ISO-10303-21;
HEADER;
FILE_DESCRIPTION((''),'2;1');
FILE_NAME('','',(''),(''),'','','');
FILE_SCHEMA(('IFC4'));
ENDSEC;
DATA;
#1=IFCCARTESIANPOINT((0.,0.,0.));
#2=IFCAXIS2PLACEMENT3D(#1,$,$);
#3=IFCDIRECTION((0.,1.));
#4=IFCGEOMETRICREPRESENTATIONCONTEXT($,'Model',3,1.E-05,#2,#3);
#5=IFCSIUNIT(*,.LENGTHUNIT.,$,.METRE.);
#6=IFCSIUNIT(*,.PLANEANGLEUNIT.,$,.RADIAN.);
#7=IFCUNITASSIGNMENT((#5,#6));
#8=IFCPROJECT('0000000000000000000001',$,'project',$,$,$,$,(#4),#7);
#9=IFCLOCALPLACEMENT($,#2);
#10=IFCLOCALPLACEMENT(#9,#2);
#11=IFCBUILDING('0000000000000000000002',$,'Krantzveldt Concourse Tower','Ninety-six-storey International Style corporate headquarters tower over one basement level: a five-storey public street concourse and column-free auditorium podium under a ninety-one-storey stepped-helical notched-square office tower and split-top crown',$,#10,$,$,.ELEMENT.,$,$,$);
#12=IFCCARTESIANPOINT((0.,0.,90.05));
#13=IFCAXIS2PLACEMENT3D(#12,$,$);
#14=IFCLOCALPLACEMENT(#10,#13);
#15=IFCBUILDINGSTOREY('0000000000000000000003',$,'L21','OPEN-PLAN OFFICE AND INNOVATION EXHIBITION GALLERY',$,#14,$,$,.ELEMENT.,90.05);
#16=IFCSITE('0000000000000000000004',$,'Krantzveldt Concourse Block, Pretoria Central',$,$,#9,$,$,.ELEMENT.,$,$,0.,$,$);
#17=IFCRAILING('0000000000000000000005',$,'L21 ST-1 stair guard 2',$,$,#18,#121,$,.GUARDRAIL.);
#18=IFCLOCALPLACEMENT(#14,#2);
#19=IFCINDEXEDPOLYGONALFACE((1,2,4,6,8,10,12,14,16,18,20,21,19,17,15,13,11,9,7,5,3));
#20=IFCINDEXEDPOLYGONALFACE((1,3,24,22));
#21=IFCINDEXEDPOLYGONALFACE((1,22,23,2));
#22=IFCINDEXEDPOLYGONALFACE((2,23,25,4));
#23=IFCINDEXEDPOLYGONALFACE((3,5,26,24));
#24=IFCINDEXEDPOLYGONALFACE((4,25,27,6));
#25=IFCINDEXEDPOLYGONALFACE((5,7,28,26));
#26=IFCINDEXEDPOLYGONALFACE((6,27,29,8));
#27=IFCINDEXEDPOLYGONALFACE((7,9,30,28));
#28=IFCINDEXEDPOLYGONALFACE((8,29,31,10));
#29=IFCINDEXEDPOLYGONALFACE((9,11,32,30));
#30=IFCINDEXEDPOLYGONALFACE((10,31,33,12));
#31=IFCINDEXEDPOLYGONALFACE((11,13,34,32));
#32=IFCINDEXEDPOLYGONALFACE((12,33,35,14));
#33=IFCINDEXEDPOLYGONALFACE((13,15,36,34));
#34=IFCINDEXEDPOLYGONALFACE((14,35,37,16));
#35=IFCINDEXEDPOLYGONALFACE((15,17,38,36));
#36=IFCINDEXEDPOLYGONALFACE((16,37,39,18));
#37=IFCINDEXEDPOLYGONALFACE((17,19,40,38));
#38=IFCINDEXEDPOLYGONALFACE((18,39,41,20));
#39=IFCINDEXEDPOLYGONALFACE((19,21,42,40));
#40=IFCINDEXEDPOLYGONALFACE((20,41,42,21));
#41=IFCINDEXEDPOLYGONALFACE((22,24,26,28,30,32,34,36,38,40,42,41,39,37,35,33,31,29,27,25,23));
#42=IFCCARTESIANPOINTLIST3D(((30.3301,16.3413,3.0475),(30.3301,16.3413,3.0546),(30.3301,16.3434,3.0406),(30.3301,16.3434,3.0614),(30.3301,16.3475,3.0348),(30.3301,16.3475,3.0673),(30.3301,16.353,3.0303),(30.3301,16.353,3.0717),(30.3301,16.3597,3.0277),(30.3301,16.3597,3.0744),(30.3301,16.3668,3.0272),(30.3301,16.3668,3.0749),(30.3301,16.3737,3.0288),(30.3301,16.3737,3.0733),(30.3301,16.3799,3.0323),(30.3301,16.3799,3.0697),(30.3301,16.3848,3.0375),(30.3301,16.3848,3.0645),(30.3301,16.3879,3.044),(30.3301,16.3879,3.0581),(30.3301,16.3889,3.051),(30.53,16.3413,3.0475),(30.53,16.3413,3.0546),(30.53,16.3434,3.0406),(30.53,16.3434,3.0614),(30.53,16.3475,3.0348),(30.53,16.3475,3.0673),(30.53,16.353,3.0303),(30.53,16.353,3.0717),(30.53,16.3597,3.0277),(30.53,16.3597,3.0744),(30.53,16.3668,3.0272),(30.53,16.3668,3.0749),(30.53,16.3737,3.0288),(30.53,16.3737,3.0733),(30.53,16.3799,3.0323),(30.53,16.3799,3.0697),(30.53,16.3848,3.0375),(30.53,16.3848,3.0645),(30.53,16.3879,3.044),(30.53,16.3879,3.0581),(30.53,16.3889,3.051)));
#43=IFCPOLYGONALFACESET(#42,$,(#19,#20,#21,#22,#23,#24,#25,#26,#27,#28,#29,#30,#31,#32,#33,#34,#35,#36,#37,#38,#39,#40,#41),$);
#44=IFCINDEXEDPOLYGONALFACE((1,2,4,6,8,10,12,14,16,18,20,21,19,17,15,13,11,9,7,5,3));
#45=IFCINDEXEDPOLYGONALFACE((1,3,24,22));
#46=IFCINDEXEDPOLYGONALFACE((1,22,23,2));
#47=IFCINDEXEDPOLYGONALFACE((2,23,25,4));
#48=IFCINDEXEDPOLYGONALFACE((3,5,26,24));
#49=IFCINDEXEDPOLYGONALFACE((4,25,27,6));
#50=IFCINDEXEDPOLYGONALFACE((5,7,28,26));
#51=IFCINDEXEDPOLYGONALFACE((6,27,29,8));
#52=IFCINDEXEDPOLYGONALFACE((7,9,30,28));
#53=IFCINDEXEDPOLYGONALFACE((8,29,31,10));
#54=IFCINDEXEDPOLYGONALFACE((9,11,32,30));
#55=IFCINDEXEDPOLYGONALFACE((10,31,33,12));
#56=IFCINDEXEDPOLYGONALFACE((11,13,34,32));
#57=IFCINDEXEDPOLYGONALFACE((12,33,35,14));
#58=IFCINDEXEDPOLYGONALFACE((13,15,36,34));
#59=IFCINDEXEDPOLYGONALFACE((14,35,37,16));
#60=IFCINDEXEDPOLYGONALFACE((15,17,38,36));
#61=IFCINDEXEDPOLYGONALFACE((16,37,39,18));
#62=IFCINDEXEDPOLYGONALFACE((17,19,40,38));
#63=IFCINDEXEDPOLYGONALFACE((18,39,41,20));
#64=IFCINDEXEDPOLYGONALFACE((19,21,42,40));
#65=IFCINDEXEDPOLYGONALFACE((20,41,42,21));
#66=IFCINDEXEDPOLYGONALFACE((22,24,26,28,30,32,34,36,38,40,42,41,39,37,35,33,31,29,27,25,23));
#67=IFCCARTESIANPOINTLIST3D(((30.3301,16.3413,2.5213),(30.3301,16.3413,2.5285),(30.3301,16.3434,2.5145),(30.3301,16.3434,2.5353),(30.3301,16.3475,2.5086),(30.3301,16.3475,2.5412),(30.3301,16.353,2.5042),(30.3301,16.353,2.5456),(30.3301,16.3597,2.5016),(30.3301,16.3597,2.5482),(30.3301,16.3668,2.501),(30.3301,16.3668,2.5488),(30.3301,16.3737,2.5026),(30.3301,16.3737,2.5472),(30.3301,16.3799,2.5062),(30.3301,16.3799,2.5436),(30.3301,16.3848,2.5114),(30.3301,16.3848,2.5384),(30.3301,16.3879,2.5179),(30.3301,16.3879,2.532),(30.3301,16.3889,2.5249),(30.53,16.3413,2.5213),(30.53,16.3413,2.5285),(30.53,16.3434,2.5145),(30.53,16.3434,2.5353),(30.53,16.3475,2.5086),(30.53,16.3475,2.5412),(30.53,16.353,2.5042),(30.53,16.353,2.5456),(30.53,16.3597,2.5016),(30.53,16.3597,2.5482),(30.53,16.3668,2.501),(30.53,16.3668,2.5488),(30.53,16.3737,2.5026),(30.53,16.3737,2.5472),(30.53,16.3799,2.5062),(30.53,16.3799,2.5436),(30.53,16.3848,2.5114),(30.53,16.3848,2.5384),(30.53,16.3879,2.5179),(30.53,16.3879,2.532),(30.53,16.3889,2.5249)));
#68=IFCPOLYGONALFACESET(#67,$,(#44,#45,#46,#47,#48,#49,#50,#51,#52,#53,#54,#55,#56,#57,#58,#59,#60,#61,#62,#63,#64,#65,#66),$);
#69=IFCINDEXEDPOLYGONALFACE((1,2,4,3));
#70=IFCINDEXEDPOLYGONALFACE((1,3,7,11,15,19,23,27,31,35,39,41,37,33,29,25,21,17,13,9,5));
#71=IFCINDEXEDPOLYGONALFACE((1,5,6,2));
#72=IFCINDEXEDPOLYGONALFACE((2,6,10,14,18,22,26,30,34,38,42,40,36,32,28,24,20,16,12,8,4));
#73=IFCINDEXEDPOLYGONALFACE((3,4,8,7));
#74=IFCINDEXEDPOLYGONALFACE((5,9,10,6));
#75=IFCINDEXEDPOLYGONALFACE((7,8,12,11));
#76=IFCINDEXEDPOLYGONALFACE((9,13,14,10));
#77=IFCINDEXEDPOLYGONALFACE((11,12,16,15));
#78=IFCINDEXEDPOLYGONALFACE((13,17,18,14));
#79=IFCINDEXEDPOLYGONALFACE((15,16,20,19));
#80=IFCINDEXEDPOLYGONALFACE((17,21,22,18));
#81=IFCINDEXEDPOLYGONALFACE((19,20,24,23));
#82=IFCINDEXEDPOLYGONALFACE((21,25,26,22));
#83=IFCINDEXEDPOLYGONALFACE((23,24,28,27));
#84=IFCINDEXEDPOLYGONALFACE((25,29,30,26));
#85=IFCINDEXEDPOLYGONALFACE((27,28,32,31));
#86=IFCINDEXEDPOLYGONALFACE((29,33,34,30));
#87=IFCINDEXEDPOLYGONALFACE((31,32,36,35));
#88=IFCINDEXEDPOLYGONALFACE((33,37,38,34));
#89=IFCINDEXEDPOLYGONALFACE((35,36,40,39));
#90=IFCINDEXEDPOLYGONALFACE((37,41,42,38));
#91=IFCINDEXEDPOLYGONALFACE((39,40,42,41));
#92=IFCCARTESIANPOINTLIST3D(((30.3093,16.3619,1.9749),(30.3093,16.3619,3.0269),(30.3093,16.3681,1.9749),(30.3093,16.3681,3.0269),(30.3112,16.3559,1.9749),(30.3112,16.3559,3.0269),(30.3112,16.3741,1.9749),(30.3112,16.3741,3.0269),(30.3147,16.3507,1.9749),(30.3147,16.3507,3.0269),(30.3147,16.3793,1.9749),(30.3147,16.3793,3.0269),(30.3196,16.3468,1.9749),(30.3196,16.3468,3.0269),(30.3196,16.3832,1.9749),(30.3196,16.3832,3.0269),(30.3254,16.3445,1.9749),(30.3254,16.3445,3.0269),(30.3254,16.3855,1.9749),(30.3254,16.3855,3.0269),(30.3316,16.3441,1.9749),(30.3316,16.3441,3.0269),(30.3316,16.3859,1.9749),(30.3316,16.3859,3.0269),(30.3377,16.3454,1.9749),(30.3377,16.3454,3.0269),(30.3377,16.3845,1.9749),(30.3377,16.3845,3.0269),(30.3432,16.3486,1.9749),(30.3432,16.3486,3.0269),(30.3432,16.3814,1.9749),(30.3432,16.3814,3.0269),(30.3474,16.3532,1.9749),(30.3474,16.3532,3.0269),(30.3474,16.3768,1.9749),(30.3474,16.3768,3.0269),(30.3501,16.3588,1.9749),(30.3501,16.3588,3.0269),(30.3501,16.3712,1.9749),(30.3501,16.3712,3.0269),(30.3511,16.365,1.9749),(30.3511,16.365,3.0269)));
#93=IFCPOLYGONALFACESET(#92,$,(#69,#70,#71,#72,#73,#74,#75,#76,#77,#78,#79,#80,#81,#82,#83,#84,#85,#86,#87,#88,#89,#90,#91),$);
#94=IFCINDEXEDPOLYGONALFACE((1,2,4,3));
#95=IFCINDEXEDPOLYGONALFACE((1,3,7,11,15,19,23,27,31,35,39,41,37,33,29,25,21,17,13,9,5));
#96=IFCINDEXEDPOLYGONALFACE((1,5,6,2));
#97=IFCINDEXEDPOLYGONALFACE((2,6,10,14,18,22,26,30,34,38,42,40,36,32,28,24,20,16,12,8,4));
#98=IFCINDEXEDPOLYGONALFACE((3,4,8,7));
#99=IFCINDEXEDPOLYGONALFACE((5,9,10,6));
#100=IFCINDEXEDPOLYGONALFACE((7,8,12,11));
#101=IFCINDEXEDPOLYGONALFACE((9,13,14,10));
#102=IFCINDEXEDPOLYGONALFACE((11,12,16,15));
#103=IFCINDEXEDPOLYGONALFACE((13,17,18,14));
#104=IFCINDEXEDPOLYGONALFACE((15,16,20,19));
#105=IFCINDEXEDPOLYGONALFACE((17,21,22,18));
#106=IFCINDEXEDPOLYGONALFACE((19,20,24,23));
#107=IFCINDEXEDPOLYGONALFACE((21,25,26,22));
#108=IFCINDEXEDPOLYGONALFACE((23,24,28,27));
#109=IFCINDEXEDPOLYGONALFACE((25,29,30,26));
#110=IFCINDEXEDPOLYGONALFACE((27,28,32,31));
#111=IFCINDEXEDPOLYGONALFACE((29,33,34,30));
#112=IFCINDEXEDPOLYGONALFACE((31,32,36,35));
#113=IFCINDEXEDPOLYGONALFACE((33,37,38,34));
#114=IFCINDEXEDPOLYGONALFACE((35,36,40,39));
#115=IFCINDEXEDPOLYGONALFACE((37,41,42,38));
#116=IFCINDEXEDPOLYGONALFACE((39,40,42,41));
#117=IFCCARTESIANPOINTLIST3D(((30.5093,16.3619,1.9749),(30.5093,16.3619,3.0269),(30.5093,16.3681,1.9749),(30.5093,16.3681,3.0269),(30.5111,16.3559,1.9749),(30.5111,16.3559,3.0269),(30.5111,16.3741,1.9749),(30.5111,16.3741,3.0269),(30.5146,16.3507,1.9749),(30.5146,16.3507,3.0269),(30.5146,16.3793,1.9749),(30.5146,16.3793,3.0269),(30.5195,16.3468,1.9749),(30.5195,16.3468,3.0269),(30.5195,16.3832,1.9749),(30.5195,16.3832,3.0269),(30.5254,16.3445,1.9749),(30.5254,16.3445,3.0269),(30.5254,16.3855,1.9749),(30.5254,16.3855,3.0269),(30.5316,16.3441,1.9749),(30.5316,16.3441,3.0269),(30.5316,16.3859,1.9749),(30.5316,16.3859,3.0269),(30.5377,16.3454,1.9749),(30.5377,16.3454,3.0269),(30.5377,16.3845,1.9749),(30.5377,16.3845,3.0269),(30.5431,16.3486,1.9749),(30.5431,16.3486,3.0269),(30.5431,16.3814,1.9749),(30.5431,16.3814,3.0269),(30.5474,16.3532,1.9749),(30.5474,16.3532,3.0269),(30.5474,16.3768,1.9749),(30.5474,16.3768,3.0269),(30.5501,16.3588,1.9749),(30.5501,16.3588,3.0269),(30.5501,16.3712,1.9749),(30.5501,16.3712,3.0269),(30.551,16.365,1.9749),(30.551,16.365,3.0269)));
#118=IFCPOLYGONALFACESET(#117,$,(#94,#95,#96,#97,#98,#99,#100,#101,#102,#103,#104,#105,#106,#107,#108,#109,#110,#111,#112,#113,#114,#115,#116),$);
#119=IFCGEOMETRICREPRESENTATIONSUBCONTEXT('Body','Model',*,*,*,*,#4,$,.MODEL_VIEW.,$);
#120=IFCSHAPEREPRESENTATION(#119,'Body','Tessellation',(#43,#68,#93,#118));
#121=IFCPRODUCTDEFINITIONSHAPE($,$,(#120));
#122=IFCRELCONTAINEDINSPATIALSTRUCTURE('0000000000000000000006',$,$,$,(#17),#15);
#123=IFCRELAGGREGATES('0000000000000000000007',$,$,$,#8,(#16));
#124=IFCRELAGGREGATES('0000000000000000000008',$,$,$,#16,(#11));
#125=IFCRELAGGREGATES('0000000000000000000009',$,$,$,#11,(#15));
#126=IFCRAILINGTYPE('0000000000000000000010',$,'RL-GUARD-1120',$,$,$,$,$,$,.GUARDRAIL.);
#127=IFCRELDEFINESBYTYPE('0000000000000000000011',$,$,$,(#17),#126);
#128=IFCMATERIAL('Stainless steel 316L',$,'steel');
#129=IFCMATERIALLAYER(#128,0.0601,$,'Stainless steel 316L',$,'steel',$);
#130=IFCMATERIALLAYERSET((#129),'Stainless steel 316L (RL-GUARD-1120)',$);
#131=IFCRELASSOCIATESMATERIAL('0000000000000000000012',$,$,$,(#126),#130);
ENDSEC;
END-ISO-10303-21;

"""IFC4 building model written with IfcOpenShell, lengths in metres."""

from ifc_helpers import new_model, si_unit, direction, frame, origin, origin_2d, place, context, subcontext, project, spatial, circle, extrude, material, layer, layer_set, type_object, element, save


model = new_model("IFC4")

# Units and contexts
model_context = context("Model", 3, precision=1e-05, world=origin(), true_north=direction((0.0, 1.0)))
body_context = subcontext(model_context, "Body", "Model", "MODEL_VIEW")
ifc_project = project(units=[si_unit("LENGTHUNIT", "METRE"), si_unit("PLANEANGLEUNIT", "RADIAN")], contexts=[model_context])

# Site, building, storey
site_placement = place(None, origin())
site = spatial("IfcSite", under=ifc_project, at=site_placement, Name="Krantzveldt Concourse Block, Pretoria Central", CompositionType="ELEMENT", RefElevation=0.0)
building_placement = place(site_placement, origin())
building = spatial("IfcBuilding", under=site, at=building_placement, Name="Krantzveldt Concourse Tower", Description="Ninety-six-storey International Style corporate headquarters tower over one basement level: a five-storey public street concourse and column-free auditorium podium under a ninety-one-storey stepped-helical notched-square office tower and split-top crown", CompositionType="ELEMENT")
storey_placement = place(building_placement, frame((0.0, 0.0, 90.05)))
storey = spatial("IfcBuildingStorey", under=building, at=storey_placement, Name="L21", Description="OPEN-PLAN OFFICE AND INNOVATION EXHIBITION GALLERY", CompositionType="ELEMENT", Elevation=90.05)

# Railing
ifc_material_1 = material(Name="Stainless steel 316L", Category="steel")
ifc_layer_1 = layer(ifc_material_1, 0.0601, Name="Stainless steel 316L", Category="steel")
ifc_layer_set_1 = layer_set([ifc_layer_1], Name="Stainless steel 316L (RL-GUARD-1120)")
railing_type_1 = type_object("IfcRailingType", Name="RL-GUARD-1120", PredefinedType="GUARDRAIL", material=ifc_layer_set_1)
railing_1_placement = place(storey_placement, frame((30.3301, 16.365, 1.9749)))
element("IfcRailing", 1, at=railing_1_placement, inside=storey, type_object=railing_type_1, Name="L21 ST-1 stair guard 2", PredefinedType="GUARDRAIL", context=body_context, shape_type="SweptSolid", body=[
    extrude(circle(Radius=0.0239, at=origin_2d()), frame((0.0, 0.0, 1.0762), z_axis=(1.0, 0.0, 0.0), x_axis=(0.0, 1.0, 0.0)), (0.0, 0.0, 1.0), 0.2),
    extrude(circle(Radius=0.0239, at=origin_2d()), frame((0.0, 0.0, 0.55), z_axis=(1.0, 0.0, 0.0), x_axis=(0.0, 1.0, 0.0)), (0.0, 0.0, 1.0), 0.2),
    extrude(circle(Radius=0.021, at=origin_2d()), origin(), (0.0, 0.0, 1.0), 1.052),
    extrude(circle(Radius=0.021, at=origin_2d()), frame((0.2, 0.0, 0.0)), (0.0, 0.0, 1.0), 1.052),
])

save(model, "model.ifc")
